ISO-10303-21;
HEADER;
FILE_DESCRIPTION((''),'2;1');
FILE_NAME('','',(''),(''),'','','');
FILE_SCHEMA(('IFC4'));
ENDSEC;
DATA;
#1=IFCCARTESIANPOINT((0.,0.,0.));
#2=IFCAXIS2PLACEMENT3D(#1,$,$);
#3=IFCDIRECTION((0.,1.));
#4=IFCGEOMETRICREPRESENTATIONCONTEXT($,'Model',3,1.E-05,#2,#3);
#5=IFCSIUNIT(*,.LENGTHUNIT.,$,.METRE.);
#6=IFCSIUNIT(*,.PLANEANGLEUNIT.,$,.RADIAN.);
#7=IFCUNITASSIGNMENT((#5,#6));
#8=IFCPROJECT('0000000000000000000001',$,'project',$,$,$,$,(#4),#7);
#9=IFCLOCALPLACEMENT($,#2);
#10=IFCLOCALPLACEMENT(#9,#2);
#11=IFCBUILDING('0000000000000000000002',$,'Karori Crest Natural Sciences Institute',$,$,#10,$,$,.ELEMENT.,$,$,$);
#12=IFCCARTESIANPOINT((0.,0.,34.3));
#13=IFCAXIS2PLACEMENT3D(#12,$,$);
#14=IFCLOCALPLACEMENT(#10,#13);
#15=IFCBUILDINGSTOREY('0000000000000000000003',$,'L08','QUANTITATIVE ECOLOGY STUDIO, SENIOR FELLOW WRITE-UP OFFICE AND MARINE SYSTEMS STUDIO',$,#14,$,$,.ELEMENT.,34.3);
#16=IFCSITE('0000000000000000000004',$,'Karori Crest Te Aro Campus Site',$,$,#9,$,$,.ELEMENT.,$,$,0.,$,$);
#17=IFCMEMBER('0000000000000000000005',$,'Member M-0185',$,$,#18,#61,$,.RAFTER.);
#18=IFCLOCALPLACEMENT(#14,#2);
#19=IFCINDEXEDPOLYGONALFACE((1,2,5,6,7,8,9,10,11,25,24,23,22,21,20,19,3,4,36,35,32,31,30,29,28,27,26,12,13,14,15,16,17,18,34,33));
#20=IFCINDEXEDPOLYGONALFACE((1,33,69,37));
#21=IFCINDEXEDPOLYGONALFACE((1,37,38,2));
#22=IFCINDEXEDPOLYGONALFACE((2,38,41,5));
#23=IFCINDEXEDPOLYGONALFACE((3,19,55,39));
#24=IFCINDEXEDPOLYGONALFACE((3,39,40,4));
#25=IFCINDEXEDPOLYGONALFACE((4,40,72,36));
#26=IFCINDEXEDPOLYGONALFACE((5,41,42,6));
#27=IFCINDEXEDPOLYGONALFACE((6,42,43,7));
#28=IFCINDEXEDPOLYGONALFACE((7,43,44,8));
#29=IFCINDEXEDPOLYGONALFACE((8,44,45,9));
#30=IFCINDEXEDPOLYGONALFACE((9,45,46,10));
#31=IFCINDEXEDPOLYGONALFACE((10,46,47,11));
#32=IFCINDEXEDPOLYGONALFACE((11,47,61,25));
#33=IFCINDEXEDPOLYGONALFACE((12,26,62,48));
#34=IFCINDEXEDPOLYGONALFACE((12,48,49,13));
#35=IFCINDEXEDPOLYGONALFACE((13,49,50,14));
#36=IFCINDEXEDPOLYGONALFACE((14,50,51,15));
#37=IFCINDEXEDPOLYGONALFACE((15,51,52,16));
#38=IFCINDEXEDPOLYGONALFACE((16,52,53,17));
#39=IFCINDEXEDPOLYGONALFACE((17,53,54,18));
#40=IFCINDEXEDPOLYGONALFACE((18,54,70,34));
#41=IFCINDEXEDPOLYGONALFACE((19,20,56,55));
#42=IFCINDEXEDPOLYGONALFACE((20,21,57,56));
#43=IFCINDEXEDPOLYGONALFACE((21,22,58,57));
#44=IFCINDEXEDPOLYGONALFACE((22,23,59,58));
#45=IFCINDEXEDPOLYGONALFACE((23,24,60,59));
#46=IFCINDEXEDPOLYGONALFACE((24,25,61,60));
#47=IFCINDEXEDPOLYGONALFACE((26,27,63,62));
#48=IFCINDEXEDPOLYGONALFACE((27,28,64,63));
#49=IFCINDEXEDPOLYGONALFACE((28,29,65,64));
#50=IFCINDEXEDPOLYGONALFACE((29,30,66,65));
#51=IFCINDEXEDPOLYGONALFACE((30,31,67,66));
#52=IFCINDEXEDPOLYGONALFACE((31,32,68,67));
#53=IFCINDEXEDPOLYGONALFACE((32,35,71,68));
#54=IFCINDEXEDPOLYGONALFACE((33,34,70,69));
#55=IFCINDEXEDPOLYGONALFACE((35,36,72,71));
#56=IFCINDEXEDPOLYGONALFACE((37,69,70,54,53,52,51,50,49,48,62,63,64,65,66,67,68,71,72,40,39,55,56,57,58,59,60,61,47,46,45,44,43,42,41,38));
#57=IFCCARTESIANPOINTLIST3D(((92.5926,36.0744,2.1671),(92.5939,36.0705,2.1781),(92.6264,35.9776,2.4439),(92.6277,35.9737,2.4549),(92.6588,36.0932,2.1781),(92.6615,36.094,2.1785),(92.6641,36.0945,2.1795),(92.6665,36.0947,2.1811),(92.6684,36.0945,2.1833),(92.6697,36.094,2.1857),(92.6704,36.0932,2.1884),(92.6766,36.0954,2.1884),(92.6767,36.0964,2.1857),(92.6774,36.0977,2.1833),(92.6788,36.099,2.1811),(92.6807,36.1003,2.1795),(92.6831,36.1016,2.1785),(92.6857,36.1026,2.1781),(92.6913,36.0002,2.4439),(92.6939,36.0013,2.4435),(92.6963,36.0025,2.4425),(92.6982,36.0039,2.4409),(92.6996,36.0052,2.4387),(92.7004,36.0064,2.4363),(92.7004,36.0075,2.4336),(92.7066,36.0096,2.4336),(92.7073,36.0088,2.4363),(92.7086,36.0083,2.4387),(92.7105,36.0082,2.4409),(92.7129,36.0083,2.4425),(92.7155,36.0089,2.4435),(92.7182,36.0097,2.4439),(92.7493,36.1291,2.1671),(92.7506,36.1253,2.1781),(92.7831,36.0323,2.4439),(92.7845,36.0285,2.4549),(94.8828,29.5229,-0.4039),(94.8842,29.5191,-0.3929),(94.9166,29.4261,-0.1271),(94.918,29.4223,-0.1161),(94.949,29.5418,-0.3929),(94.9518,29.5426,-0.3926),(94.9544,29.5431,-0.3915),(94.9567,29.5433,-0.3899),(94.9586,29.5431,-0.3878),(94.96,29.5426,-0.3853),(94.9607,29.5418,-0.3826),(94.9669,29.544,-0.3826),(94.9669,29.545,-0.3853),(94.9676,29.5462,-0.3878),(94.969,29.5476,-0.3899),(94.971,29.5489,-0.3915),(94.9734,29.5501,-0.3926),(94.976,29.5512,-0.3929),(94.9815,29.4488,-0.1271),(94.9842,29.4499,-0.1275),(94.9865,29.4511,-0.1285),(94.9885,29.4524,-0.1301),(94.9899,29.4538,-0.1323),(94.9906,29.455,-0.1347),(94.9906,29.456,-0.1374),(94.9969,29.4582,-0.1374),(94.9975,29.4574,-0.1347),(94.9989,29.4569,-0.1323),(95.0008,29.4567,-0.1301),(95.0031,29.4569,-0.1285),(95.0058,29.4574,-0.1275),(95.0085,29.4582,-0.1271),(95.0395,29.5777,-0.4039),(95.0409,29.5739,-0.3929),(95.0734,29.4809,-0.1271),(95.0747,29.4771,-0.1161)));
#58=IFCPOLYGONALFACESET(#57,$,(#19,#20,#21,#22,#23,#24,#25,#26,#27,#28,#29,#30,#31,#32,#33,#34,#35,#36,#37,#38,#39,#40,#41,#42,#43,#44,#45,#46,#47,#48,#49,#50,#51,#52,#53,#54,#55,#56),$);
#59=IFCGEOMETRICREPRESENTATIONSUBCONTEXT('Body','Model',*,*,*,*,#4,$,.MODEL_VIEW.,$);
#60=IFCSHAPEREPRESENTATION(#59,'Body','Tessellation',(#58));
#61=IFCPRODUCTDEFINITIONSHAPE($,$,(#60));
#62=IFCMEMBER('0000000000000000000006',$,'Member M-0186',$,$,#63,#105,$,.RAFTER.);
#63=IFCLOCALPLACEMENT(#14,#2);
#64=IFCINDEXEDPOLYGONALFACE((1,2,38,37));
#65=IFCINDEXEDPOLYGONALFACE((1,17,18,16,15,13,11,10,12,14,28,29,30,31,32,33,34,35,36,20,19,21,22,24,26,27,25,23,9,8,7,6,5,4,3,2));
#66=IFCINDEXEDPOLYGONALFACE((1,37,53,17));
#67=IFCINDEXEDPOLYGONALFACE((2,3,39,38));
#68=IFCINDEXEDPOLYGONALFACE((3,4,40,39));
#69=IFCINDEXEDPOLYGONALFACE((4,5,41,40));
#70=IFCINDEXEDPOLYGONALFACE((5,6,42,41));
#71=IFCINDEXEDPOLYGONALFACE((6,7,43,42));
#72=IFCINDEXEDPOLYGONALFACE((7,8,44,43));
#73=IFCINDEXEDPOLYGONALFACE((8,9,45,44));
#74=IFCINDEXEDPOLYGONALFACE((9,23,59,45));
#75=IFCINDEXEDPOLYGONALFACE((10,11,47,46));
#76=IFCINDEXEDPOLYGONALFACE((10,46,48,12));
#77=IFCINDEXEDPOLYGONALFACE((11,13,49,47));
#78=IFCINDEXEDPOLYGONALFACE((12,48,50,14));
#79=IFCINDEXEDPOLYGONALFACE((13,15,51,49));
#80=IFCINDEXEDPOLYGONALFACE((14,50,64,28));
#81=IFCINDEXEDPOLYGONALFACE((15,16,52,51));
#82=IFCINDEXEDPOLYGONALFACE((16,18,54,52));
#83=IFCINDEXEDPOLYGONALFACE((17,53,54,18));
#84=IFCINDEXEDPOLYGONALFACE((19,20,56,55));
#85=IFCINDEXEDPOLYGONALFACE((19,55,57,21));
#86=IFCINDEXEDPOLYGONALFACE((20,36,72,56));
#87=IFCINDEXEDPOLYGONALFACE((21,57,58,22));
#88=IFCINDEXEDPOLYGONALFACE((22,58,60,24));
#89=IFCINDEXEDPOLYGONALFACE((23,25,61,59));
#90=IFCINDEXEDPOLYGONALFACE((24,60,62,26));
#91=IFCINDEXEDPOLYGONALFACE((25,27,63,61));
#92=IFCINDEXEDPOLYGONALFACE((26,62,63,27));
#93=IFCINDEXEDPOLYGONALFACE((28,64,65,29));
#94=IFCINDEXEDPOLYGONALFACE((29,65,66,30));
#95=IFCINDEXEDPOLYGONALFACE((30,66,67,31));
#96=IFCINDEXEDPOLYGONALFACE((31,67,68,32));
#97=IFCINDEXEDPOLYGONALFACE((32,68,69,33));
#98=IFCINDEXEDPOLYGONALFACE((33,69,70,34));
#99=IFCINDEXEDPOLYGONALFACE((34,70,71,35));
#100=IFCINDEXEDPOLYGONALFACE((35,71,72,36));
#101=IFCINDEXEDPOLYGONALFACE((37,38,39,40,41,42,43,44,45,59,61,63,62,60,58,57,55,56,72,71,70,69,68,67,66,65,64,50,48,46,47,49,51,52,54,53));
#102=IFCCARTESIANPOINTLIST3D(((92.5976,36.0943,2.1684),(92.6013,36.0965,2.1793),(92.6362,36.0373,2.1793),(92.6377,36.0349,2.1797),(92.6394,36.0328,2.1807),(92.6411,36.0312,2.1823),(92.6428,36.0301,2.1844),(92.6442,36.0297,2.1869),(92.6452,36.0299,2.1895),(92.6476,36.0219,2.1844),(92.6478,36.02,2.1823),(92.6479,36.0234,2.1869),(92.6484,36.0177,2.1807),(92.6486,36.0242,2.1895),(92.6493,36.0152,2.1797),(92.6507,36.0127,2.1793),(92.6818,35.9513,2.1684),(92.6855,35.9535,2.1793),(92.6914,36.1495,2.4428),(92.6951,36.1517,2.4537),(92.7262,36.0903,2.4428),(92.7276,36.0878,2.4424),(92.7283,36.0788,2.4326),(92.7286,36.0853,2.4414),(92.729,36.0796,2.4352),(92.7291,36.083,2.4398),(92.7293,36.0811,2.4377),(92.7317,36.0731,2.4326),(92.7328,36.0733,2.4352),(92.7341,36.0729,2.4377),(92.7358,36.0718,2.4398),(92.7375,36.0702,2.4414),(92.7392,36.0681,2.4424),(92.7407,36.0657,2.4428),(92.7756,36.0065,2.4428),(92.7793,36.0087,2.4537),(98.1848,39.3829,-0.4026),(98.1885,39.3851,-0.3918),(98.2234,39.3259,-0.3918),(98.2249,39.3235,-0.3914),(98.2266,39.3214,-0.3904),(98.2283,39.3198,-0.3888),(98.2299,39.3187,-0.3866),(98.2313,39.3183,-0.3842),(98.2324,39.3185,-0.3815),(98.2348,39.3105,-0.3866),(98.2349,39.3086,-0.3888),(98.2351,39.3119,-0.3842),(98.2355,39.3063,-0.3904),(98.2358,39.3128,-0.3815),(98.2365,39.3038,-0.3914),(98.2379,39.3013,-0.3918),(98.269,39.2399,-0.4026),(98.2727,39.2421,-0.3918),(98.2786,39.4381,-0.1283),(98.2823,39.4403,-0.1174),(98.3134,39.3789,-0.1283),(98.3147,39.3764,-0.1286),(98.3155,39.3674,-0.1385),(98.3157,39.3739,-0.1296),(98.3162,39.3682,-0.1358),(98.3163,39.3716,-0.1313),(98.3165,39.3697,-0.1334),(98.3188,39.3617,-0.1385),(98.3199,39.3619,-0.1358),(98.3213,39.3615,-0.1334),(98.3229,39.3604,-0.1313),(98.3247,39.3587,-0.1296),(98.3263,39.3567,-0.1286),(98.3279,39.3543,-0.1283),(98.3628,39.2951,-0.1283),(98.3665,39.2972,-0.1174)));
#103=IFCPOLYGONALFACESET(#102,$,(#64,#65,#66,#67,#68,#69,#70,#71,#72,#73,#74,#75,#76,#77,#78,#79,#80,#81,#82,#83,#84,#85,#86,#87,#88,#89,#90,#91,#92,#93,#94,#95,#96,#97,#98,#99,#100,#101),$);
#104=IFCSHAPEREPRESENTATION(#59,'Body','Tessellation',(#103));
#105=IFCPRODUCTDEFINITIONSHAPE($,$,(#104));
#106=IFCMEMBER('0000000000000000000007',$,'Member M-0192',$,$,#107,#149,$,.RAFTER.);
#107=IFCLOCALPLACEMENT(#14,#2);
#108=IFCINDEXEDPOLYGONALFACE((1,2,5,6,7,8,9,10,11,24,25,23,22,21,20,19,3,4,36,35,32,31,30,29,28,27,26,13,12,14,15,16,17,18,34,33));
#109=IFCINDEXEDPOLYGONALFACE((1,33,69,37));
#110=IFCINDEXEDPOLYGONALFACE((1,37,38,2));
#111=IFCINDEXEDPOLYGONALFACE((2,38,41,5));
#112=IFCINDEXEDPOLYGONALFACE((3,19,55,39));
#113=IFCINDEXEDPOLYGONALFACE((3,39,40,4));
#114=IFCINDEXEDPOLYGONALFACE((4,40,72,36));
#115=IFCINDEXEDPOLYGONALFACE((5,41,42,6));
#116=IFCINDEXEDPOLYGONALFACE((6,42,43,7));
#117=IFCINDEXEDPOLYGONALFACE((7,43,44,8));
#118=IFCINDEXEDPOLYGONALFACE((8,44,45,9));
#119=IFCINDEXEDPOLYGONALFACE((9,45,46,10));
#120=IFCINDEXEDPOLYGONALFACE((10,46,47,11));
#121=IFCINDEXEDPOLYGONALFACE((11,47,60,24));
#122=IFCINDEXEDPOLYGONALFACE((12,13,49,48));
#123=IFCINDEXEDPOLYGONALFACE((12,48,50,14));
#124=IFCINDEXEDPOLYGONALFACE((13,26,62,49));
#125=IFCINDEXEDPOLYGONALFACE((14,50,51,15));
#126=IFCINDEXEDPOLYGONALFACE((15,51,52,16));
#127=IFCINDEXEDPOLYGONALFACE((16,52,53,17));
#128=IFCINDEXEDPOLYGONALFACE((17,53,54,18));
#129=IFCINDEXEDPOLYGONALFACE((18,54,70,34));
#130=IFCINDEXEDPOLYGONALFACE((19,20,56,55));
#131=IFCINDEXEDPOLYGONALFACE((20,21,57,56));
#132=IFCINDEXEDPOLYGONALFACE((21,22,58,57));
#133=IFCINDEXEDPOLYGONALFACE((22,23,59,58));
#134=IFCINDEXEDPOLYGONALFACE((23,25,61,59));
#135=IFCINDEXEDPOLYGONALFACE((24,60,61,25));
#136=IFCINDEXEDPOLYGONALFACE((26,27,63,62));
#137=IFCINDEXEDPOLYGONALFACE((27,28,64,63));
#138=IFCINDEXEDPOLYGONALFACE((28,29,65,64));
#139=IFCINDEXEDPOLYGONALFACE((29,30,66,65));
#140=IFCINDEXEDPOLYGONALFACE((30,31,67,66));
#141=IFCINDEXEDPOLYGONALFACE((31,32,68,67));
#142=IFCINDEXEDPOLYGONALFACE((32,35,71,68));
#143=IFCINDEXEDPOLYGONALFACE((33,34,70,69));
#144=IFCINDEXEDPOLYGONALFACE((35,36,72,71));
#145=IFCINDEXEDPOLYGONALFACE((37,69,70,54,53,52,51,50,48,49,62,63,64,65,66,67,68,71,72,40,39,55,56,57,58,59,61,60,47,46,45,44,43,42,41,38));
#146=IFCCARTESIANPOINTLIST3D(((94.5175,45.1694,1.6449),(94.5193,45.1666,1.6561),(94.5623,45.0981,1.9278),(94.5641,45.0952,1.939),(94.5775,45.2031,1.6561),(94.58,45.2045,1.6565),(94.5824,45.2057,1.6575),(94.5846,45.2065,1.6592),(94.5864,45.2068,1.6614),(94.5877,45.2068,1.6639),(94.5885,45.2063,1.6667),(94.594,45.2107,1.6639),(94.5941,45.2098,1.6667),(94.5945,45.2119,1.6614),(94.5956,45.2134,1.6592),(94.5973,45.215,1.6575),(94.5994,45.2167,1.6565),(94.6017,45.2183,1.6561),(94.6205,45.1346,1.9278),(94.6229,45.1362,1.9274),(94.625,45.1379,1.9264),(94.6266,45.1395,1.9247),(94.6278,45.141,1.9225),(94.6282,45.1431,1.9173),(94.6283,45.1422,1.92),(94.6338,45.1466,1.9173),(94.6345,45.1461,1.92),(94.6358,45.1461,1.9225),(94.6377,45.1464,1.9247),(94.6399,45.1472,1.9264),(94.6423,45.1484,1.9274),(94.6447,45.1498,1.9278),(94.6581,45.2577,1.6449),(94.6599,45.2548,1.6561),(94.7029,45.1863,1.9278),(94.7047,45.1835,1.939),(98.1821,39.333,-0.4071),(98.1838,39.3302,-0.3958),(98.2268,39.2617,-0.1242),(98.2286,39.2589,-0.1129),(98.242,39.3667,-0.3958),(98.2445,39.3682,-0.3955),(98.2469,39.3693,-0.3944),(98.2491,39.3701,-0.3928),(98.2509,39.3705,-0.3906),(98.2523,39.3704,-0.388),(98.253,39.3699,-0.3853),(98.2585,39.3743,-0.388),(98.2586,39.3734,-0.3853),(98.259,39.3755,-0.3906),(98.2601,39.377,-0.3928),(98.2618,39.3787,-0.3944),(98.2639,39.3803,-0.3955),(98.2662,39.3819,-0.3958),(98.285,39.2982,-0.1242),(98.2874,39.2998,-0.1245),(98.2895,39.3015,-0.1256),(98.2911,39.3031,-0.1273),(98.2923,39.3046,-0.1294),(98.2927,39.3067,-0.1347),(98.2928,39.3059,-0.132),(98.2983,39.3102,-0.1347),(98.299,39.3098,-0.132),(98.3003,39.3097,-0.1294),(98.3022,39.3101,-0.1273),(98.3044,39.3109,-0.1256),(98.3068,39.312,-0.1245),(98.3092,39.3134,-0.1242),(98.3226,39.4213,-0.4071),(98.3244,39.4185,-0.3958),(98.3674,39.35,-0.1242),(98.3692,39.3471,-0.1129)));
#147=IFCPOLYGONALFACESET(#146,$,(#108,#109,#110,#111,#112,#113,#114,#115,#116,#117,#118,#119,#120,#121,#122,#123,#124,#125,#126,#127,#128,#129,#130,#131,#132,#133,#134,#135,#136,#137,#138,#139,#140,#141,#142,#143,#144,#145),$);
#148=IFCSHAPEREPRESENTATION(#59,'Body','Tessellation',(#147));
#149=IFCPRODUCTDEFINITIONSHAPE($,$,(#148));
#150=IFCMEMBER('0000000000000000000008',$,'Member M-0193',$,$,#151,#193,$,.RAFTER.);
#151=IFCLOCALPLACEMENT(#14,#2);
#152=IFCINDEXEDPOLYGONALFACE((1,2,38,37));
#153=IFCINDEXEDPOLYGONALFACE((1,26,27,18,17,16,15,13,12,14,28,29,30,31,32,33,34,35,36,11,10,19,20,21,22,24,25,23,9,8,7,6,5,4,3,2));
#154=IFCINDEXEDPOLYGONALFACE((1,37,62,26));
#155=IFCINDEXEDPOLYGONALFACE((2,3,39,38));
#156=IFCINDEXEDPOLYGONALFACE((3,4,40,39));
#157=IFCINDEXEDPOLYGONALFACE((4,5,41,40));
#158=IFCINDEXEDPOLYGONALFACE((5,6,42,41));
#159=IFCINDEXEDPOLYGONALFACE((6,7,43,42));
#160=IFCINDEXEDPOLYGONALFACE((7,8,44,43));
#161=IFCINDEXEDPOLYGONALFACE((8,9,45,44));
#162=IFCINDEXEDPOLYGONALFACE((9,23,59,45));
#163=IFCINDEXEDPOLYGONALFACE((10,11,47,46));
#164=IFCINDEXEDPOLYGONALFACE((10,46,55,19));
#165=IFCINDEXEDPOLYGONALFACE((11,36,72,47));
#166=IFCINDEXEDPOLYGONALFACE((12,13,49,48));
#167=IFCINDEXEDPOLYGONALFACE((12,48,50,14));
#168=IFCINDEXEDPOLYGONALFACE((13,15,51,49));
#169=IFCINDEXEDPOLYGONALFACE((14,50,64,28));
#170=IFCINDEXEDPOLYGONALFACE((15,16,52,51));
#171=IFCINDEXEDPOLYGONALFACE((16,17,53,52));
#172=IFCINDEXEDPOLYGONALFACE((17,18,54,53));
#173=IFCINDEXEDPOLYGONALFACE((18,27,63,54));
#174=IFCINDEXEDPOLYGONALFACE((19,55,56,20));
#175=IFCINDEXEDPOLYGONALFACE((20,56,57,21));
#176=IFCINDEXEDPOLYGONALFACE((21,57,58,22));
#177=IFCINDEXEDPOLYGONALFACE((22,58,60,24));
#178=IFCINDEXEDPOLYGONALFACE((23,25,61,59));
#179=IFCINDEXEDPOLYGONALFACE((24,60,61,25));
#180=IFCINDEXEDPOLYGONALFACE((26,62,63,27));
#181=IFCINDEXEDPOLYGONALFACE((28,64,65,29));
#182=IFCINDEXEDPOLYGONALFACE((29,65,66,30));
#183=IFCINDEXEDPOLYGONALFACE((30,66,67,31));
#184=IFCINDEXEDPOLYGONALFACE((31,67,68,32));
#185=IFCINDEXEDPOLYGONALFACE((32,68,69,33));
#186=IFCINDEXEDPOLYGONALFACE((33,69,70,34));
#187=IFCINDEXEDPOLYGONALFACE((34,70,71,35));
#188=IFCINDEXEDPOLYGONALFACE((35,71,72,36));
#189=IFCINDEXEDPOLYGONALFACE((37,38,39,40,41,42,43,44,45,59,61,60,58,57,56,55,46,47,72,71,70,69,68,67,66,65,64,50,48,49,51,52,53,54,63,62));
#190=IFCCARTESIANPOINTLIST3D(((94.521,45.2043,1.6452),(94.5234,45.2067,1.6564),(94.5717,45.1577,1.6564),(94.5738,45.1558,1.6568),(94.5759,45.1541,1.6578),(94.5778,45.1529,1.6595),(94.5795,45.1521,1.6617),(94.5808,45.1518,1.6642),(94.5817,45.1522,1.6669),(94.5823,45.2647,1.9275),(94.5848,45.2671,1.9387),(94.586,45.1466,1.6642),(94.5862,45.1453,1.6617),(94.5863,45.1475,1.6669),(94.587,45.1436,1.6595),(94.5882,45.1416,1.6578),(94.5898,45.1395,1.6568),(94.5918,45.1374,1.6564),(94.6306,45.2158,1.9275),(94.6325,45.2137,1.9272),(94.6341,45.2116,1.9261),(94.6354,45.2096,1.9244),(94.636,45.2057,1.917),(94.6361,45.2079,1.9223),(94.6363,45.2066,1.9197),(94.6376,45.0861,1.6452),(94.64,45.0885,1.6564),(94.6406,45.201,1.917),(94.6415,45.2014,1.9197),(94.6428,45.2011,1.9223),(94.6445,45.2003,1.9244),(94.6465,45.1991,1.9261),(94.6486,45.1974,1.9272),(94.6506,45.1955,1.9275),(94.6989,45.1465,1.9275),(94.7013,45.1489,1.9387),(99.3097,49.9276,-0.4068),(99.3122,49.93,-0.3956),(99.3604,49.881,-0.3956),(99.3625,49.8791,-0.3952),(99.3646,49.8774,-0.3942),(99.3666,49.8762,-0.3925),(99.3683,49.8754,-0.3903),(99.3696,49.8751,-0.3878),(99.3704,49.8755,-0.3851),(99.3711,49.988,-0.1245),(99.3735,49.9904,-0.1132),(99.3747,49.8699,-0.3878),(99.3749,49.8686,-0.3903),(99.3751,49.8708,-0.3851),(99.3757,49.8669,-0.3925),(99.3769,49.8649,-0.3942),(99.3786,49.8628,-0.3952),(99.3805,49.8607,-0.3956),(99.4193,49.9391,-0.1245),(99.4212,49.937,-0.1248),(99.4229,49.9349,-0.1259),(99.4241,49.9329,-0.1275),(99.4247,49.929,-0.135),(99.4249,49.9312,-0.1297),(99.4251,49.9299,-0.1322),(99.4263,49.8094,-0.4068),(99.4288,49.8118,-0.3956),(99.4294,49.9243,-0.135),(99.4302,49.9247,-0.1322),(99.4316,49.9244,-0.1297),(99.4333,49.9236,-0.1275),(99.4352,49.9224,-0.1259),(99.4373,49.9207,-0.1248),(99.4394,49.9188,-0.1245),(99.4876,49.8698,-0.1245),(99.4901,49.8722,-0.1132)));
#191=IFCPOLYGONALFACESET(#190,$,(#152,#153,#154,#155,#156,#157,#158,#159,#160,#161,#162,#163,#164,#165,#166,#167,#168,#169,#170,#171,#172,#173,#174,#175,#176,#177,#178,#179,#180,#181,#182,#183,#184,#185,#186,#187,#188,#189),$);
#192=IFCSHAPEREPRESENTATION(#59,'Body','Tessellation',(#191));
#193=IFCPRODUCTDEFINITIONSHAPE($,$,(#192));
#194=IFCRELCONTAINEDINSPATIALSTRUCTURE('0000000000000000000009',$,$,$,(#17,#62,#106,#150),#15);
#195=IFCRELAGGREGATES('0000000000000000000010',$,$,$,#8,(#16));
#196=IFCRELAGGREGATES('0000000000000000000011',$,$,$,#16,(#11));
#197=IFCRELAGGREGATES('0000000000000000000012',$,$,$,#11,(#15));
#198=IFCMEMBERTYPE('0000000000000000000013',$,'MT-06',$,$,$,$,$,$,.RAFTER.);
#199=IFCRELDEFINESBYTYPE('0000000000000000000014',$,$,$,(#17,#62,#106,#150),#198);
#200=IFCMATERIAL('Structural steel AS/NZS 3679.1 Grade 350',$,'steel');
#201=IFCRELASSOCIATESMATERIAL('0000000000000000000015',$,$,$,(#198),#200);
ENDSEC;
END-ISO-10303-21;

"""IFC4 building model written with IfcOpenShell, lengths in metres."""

from ifc_helpers import new_model, si_unit, direction, frame, origin, origin_2d, place, context, subcontext, project, spatial, i_section, extrude, material, material_profile, profile_set, type_object, element, save


model = new_model("IFC4")

# Units and contexts
model_context = context("Model", 3, precision=1e-05, world=origin(), true_north=direction((0.0, 1.0)))
body_context = subcontext(model_context, "Body", "Model", "MODEL_VIEW")
ifc_project = project(units=[si_unit("LENGTHUNIT", "METRE"), si_unit("PLANEANGLEUNIT", "RADIAN")], contexts=[model_context])

# Site, building, storey
site_placement = place(None, origin())
site = spatial("IfcSite", under=ifc_project, at=site_placement, Name="Karori Crest Te Aro Campus Site", CompositionType="ELEMENT", RefElevation=0.0)
building_placement = place(site_placement, origin())
building = spatial("IfcBuilding", under=site, at=building_placement, Name="Karori Crest Natural Sciences Institute", CompositionType="ELEMENT")
storey_placement = place(building_placement, frame((0.0, 0.0, 34.3)))
storey = spatial("IfcBuildingStorey", under=building, at=storey_placement, Name="L08", Description="QUANTITATIVE ECOLOGY STUDIO, SENIOR FELLOW WRITE-UP OFFICE AND MARINE SYSTEMS STUDIO", CompositionType="ELEMENT", Elevation=34.3)

# Members
ifc_material_1 = material(Name="Structural steel AS/NZS 3679.1 Grade 350", Category="steel")
ifc_material_profile_1 = material_profile(ifc_material_1, i_section(OverallWidth=0.166, OverallDepth=0.3069, WebThickness=0.0066, FlangeThickness=0.0117, FilletRadius=0.011, at=origin_2d()), Name="310UB46.2")
ifc_profile_set_1 = profile_set([ifc_material_profile_1], Name="Structural steel AS/NZS 3679.1 Grade 350")
member_type_1 = type_object("IfcMemberType", Name="MT-06", PredefinedType="RAFTER", material=ifc_profile_set_1)
member_1_placement = place(storey_placement, frame((94.9788, 29.5, -0.26), z_axis=(-0.309447, 0.885194, 0.347381), x_axis=(-0.943982, -0.329998, 0.0)))
element("IfcMember", 1, at=member_1_placement, inside=storey, type_object=member_type_1, Name="Member M-0185", PredefinedType="RAFTER", context=body_context, shape_type="SweptSolid", body=[
    extrude(i_section(OverallWidth=0.166, OverallDepth=0.3069, WebThickness=0.0066, FlangeThickness=0.0117, FilletRadius=0.011, at=origin_2d()), origin(), (0.0, 0.0, 1.0), 7.4011),
])
member_2_placement = place(storey_placement, frame((98.2756, 39.3401, -0.26), z_axis=(-0.801103, -0.471525, 0.368644), x_axis=(0.507251, -0.861799, 0.0)))
element("IfcMember", 2, at=member_2_placement, inside=storey, type_object=member_type_1, Name="Member M-0186", PredefinedType="RAFTER", context=body_context, shape_type="SweptSolid", body=[
    extrude(i_section(OverallWidth=0.166, OverallDepth=0.3069, WebThickness=0.0066, FlangeThickness=0.0117, FilletRadius=0.011, at=origin_2d()), origin(), (0.0, 0.0, 1.0), 6.9744),
])
member_3_placement = place(storey_placement, frame((98.2756, 39.3401, -0.26), z_axis=(-0.509637, 0.811684, 0.285376), x_axis=(-0.846902, -0.531749, 0.0)))
element("IfcMember", 3, at=member_3_placement, inside=storey, type_object=member_type_1, Name="Member M-0192", PredefinedType="RAFTER", context=body_context, shape_type="SweptSolid", body=[
    extrude(i_section(OverallWidth=0.166, OverallDepth=0.3069, WebThickness=0.0066, FlangeThickness=0.0117, FilletRadius=0.011, at=origin_2d()), origin(), (0.0, 0.0, 1.0), 7.1904),
])
member_4_placement = place(storey_placement, frame((99.3999, 49.8999, -0.26), z_axis=(-0.68097, -0.671666, 0.291795), x_axis=(0.702226, -0.711954, 0.0)))
element("IfcMember", 4, at=member_4_placement, inside=storey, type_object=member_type_1, Name="Member M-0193", PredefinedType="RAFTER", context=body_context, shape_type="SweptSolid", body=[
    extrude(i_section(OverallWidth=0.166, OverallDepth=0.3069, WebThickness=0.0066, FlangeThickness=0.0117, FilletRadius=0.011, at=origin_2d()), origin(), (0.0, 0.0, 1.0), 7.0322),
])

save(model, "model.ifc")
